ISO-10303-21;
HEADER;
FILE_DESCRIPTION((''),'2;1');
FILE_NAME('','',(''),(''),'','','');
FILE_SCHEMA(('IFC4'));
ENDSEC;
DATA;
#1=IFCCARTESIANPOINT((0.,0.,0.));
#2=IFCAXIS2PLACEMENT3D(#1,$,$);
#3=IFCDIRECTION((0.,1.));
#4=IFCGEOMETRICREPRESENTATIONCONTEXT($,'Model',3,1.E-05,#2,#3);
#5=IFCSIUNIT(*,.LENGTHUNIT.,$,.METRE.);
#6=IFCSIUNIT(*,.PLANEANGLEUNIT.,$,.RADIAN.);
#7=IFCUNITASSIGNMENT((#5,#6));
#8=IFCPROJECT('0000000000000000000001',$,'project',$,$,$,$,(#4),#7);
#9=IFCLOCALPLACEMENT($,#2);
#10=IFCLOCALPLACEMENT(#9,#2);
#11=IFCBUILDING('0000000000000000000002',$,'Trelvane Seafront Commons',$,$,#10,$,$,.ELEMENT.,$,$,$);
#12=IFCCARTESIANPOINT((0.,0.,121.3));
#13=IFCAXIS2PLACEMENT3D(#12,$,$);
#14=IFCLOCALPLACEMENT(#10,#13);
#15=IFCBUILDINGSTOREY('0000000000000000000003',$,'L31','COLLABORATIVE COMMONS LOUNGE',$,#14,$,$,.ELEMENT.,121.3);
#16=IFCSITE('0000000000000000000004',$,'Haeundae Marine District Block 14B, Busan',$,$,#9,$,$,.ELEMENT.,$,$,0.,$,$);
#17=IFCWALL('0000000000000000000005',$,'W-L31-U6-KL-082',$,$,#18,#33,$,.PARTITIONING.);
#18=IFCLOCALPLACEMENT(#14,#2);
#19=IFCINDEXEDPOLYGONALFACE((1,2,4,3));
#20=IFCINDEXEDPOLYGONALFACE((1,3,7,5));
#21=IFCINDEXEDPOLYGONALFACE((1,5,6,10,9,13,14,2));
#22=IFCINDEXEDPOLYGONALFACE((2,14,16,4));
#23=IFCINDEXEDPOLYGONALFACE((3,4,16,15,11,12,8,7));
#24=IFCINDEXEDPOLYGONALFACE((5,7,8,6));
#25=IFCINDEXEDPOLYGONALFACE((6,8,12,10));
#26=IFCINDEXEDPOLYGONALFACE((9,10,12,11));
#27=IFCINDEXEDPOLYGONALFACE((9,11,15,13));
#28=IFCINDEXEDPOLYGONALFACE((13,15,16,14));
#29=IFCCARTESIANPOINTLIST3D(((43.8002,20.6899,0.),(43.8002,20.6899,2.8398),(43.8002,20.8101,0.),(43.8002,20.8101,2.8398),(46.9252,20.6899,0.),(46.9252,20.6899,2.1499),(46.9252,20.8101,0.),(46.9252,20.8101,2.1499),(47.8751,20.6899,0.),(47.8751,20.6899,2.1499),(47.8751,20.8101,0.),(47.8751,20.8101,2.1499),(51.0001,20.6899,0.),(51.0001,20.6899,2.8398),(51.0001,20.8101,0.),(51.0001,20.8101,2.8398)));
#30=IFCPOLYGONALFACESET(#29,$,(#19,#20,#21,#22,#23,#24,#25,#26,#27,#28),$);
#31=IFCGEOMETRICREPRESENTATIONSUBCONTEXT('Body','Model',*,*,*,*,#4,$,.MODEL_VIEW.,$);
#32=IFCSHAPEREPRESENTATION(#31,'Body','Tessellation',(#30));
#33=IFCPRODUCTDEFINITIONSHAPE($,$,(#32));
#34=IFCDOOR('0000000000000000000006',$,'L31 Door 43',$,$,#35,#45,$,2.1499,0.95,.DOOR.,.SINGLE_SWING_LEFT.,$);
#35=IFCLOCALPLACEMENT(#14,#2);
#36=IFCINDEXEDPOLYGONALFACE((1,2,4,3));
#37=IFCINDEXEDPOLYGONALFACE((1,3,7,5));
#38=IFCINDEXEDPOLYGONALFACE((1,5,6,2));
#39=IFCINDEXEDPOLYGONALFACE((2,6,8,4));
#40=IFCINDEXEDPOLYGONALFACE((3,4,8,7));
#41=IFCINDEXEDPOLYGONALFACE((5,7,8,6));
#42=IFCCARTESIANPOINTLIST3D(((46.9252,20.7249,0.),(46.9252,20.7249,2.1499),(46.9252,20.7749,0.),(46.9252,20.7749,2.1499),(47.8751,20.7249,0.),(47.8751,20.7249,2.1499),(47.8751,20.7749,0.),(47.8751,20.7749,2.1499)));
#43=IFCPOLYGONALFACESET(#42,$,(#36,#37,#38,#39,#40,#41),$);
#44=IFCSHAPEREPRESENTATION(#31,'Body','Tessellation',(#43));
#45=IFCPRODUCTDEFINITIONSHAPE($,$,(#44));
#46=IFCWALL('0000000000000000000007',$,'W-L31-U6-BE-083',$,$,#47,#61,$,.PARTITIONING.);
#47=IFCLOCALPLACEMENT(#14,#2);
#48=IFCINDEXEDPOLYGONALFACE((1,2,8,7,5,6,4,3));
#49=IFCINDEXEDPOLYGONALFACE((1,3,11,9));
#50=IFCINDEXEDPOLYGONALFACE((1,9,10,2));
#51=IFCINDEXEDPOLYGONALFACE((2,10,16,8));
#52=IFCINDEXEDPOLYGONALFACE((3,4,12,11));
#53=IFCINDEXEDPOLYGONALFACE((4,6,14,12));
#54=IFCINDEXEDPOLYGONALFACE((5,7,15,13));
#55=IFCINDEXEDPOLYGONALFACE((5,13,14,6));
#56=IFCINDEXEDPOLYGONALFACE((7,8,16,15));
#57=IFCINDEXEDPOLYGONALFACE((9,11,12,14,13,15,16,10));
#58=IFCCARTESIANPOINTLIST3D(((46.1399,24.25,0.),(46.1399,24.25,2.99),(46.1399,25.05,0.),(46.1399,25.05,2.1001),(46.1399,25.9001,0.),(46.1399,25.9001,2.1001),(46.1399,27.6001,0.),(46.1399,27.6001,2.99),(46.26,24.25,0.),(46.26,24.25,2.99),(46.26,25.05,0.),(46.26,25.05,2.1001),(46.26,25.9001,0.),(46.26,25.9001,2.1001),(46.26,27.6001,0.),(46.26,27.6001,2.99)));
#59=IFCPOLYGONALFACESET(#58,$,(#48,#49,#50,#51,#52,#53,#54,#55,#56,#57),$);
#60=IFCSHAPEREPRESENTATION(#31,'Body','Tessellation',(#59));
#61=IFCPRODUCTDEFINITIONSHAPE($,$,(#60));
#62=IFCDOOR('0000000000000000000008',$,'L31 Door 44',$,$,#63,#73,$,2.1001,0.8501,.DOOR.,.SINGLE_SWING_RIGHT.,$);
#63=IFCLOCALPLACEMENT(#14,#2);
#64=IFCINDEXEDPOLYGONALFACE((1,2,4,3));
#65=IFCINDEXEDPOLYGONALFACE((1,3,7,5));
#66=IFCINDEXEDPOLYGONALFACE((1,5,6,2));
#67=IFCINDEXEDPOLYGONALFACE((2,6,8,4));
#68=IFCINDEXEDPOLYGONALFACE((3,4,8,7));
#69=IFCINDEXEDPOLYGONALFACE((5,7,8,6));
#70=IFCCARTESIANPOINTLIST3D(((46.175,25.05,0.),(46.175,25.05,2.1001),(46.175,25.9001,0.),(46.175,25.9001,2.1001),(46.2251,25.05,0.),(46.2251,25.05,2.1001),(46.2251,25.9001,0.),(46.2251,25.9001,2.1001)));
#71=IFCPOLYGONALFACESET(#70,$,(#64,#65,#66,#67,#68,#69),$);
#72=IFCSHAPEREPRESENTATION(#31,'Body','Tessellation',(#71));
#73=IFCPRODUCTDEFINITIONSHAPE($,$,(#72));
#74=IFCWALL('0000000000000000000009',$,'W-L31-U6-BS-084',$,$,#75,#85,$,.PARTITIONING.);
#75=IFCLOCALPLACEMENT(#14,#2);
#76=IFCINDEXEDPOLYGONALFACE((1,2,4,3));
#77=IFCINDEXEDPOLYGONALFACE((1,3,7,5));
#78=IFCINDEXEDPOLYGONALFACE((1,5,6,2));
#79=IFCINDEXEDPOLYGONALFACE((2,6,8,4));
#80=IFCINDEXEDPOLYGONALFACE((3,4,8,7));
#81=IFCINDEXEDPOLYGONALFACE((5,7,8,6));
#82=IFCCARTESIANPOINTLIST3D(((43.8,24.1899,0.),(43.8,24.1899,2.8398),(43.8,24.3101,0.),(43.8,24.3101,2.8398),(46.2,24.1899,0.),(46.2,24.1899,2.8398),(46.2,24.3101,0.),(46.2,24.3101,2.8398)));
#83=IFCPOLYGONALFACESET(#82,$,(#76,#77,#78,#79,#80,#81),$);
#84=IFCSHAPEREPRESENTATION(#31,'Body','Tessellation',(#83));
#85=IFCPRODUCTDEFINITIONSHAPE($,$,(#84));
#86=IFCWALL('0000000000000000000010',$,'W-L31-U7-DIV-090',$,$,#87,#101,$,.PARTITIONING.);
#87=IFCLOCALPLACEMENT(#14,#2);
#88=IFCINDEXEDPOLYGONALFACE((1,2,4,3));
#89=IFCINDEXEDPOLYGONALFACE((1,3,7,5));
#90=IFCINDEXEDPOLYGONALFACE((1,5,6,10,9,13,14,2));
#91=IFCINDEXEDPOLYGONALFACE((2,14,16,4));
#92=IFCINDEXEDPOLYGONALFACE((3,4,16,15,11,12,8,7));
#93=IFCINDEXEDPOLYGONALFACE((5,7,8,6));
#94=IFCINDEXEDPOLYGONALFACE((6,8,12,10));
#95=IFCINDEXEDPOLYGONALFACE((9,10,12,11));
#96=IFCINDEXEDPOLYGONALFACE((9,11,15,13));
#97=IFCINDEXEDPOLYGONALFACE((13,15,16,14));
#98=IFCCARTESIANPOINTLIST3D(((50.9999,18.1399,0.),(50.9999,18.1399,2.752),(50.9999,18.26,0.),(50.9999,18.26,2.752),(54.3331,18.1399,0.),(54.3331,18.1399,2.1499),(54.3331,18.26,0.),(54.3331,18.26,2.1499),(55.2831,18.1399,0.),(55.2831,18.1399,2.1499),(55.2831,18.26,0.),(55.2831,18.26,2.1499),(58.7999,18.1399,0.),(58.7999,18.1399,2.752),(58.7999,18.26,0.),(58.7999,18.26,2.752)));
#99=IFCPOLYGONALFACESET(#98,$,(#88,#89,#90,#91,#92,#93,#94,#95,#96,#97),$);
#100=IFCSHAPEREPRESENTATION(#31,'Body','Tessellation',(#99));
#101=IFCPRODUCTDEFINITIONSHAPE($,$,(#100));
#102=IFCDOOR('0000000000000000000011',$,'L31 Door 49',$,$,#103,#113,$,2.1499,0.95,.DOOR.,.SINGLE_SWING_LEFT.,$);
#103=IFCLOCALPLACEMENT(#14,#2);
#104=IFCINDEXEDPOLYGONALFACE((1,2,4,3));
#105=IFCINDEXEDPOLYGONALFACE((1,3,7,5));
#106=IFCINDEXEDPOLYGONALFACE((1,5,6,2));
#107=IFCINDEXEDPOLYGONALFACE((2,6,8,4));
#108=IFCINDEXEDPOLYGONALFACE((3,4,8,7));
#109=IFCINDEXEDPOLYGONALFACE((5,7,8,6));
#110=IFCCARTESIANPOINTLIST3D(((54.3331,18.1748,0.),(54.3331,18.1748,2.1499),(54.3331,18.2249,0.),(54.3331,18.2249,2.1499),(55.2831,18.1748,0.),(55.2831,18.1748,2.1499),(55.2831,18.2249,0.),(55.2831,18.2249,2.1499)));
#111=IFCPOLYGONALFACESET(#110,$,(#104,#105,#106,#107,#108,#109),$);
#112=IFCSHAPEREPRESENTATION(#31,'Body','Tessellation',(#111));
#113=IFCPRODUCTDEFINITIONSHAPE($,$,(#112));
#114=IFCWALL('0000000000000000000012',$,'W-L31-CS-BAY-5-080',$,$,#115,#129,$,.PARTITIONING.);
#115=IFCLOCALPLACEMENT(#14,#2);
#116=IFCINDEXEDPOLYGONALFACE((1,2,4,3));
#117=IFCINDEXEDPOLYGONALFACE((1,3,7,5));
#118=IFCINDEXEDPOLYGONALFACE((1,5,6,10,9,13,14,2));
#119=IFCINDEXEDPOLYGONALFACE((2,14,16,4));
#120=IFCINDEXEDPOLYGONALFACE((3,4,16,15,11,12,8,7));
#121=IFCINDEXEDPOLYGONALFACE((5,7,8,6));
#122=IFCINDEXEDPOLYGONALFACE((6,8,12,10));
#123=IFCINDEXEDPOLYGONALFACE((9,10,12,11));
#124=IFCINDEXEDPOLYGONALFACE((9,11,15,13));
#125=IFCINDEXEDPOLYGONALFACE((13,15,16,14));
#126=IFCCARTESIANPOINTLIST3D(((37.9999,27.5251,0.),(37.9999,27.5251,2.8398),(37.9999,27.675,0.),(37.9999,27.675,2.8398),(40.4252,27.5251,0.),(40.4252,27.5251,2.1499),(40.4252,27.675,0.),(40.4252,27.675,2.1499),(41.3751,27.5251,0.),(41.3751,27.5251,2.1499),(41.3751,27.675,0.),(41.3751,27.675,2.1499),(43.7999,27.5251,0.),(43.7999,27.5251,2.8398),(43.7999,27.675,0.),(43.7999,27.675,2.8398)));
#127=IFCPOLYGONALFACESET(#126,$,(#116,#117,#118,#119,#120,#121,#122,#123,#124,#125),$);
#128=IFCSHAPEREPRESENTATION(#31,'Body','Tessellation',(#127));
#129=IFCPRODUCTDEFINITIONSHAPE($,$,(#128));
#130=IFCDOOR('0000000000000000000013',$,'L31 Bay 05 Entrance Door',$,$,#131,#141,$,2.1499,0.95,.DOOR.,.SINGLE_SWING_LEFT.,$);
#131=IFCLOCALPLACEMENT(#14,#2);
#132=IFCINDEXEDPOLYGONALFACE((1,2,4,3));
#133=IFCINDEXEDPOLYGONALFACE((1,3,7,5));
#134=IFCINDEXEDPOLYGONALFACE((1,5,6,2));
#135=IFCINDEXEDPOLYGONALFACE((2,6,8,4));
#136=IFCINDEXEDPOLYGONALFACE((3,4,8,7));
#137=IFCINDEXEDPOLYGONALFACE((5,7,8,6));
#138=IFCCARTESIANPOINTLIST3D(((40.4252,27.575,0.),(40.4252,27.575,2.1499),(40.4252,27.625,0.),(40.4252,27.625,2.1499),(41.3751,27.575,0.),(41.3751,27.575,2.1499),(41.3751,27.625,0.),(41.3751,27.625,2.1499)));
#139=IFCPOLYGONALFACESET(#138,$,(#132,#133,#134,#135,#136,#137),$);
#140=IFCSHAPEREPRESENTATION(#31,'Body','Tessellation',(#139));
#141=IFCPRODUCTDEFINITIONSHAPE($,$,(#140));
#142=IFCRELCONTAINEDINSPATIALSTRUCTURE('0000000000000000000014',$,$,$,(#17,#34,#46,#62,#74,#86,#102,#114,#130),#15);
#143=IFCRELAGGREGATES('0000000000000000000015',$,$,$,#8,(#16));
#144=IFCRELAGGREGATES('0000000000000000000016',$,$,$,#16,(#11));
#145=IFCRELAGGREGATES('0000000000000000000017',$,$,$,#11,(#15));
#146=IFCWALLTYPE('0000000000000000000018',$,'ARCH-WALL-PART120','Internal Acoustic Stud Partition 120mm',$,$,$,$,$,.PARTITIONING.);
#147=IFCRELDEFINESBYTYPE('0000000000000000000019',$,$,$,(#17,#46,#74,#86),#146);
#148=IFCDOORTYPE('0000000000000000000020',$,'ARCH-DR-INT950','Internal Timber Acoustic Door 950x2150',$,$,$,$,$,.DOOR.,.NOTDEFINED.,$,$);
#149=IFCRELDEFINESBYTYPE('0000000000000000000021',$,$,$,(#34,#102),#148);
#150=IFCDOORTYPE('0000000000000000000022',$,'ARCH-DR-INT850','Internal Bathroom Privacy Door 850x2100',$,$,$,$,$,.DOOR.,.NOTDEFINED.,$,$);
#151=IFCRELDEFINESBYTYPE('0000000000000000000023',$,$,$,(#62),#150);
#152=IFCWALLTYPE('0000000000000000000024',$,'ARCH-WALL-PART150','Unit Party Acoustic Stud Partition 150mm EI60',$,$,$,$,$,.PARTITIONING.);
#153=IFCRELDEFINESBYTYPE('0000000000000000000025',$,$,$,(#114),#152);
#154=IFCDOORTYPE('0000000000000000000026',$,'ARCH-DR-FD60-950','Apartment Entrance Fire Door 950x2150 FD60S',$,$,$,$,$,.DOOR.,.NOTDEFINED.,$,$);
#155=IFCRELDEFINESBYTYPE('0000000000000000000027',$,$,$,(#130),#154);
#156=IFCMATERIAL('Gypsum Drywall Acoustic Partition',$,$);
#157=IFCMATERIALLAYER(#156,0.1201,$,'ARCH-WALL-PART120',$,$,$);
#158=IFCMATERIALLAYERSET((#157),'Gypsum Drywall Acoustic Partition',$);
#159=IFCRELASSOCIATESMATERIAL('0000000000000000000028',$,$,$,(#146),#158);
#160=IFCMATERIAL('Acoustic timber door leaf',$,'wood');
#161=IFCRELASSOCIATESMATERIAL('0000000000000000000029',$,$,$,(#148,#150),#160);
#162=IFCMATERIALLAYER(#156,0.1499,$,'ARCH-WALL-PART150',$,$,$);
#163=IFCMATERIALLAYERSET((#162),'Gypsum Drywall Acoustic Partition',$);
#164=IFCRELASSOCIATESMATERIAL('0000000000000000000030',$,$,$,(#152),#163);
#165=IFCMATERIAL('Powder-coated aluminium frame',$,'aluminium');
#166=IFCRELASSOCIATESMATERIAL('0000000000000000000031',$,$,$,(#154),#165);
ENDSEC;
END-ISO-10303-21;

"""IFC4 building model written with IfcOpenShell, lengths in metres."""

from ifc_helpers import new_model, si_unit, direction, frame, frame_2d, origin, place, context, subcontext, project, spatial, rectangle, extrude, source, transform, mapped, material, layer, layer_set, type_object, element, fill, save


model = new_model("IFC4")

# Units and contexts
model_context = context("Model", 3, precision=1e-05, world=origin(), true_north=direction((0.0, 1.0)))
body_context = subcontext(model_context, "Body", "Model", "MODEL_VIEW")
ifc_project = project(units=[si_unit("LENGTHUNIT", "METRE"), si_unit("PLANEANGLEUNIT", "RADIAN")], contexts=[model_context])

# Site, building, storey
site_placement = place(None, origin())
site = spatial("IfcSite", under=ifc_project, at=site_placement, Name="Haeundae Marine District Block 14B, Busan", CompositionType="ELEMENT", RefElevation=0.0)
building_placement = place(site_placement, origin())
building = spatial("IfcBuilding", under=site, at=building_placement, Name="Trelvane Seafront Commons", CompositionType="ELEMENT")
storey_placement = place(building_placement, frame((0.0, 0.0, 121.3)))
storey = spatial("IfcBuildingStorey", under=building, at=storey_placement, Name="L31", Description="COLLABORATIVE COMMONS LOUNGE", CompositionType="ELEMENT", Elevation=121.3)

# Walls, openings, doors
ifc_material_1 = material(Name="Gypsum Drywall Acoustic Partition")
ifc_layer_1 = layer(ifc_material_1, 0.1201, Name="ARCH-WALL-PART120")
ifc_layer_set_1 = layer_set([ifc_layer_1], Name="Gypsum Drywall Acoustic Partition")
wall_type_1 = type_object("IfcWallType", Name="ARCH-WALL-PART120", Description="Internal Acoustic Stud Partition 120mm", PredefinedType="PARTITIONING", material=ifc_layer_set_1)
wall_1_placement = place(storey_placement, frame((43.8, 20.75, 0.0), z_axis=(0.0, 0.0, 1.0), x_axis=(1.0, 0.0, 0.0)))
wall_1 = element("IfcWall", 1, at=wall_1_placement, inside=storey, type_object=wall_type_1, Name="W-L31-U6-KL-082", PredefinedType="PARTITIONING", context=body_context, shape_type="SweptSolid", body=[
    extrude(rectangle(XDim=7.2, YDim=0.1201, at=frame_2d((3.6001, 0.0))), origin(), (0.0, 0.0, 1.0), 2.8398),
])
opening_1_placement = place(wall_1_placement, frame((3.125, 0.0, 0.0)))
opening_1 = element("IfcOpeningElement", 2, at=opening_1_placement, cuts=wall_1, PredefinedType="OPENING", context=body_context, shape_type="SweptSolid", body=[
    extrude(rectangle(XDim=0.95, YDim=2.1499, at=frame_2d((0.4751, 1.075))), frame((0.0, 0.0701, 0.0), z_axis=(0.0, -1.0, 0.0), x_axis=(1.0, 0.0, 0.0)), (0.0, 0.0, 1.0), 0.1401),
])
ifc_material_2 = material(Name="Acoustic timber door leaf", Category="wood")
door_type_1 = type_object("IfcDoorType", Name="ARCH-DR-INT950", Description="Internal Timber Acoustic Door 950x2150", OperationType="NOTDEFINED", PredefinedType="DOOR", material=ifc_material_2)
shared_shape_1 = source(origin(), body_context, "Body", "SweptSolid", [
    extrude(rectangle(XDim=0.95, YDim=2.1499, at=frame_2d((0.4751, 1.075))), frame((0.0, 0.0249, 0.0), z_axis=(0.0, -1.0, 0.0), x_axis=(1.0, 0.0, 0.0)), (0.0, 0.0, 1.0), 0.05),
])
door_1_placement = place(opening_1_placement, origin())
door_1 = element("IfcDoor", 3, at=door_1_placement, inside=storey, type_object=door_type_1, Name="L31 Door 43", OperationType="SINGLE_SWING_LEFT", OverallHeight=2.1499, OverallWidth=0.95, PredefinedType="DOOR", context=body_context, shape_type="MappedRepresentation", body=[
    mapped(shared_shape_1, transform((0.0, 0.0, 0.0), x_axis=(1.0, 0.0, 0.0), y_axis=(0.0, 1.0, 0.0), z_axis=(0.0, 0.0, 1.0), scale=1.0)),
])
fill(opening_1, door_1)
wall_2_placement = place(storey_placement, frame((46.2, 24.25, 0.0), z_axis=(0.0, 0.0, 1.0), x_axis=(0.0, 1.0, 0.0)))
wall_2 = element("IfcWall", 4, at=wall_2_placement, inside=storey, type_object=wall_type_1, Name="W-L31-U6-BE-083", PredefinedType="PARTITIONING", context=body_context, shape_type="SweptSolid", body=[
    extrude(rectangle(XDim=3.3501, YDim=0.1201, at=frame_2d((1.675, 0.0))), origin(), (0.0, 0.0, 1.0), 2.99),
])
opening_2_placement = place(wall_2_placement, frame((0.8, 0.0, 0.0)))
opening_2 = element("IfcOpeningElement", 5, at=opening_2_placement, cuts=wall_2, PredefinedType="OPENING", context=body_context, shape_type="SweptSolid", body=[
    extrude(rectangle(XDim=0.8501, YDim=2.1001, at=frame_2d((0.425, 1.05))), frame((0.0, 0.0701, 0.0), z_axis=(0.0, -1.0, 0.0), x_axis=(1.0, 0.0, 0.0)), (0.0, 0.0, 1.0), 0.1401),
])
door_type_2 = type_object("IfcDoorType", Name="ARCH-DR-INT850", Description="Internal Bathroom Privacy Door 850x2100", OperationType="NOTDEFINED", PredefinedType="DOOR", material=ifc_material_2)
shared_shape_2 = source(origin(), body_context, "Body", "SweptSolid", [
    extrude(rectangle(XDim=0.8501, YDim=2.1001, at=frame_2d((0.425, 1.05))), frame((0.0, 0.0249, 0.0), z_axis=(0.0, -1.0, 0.0), x_axis=(1.0, 0.0, 0.0)), (0.0, 0.0, 1.0), 0.05),
])
door_2_placement = place(opening_2_placement, origin())
door_2 = element("IfcDoor", 6, at=door_2_placement, inside=storey, type_object=door_type_2, Name="L31 Door 44", OperationType="SINGLE_SWING_RIGHT", OverallHeight=2.1001, OverallWidth=0.8501, PredefinedType="DOOR", context=body_context, shape_type="MappedRepresentation", body=[
    mapped(shared_shape_2, transform((0.0, 0.0, 0.0), x_axis=(1.0, 0.0, 0.0), y_axis=(0.0, 1.0, 0.0), z_axis=(0.0, 0.0, 1.0), scale=1.0)),
])
fill(opening_2, door_2)

# Wall
wall_3_placement = place(storey_placement, frame((43.8, 24.25, 0.0), z_axis=(0.0, 0.0, 1.0), x_axis=(1.0, 0.0, 0.0)))
element("IfcWall", 7, at=wall_3_placement, inside=storey, type_object=wall_type_1, Name="W-L31-U6-BS-084", PredefinedType="PARTITIONING", context=body_context, shape_type="SweptSolid", body=[
    extrude(rectangle(XDim=2.3999, YDim=0.1201, at=frame_2d((1.2, 0.0))), origin(), (0.0, 0.0, 1.0), 2.8398),
])

# Walls, openings, doors
wall_4_placement = place(storey_placement, frame((51.0, 18.2, 0.0), z_axis=(0.0, 0.0, 1.0), x_axis=(1.0, 0.0, 0.0)))
wall_4 = element("IfcWall", 8, at=wall_4_placement, inside=storey, type_object=wall_type_1, Name="W-L31-U7-DIV-090", PredefinedType="PARTITIONING", context=body_context, shape_type="SweptSolid", body=[
    extrude(rectangle(XDim=7.8, YDim=0.1201, at=frame_2d((3.8999, 0.0))), origin(), (0.0, 0.0, 1.0), 2.752),
])
opening_3_placement = place(wall_4_placement, frame((3.333, 0.0, 0.0)))
opening_3 = element("IfcOpeningElement", 9, at=opening_3_placement, cuts=wall_4, PredefinedType="OPENING", context=body_context, shape_type="SweptSolid", body=[
    extrude(rectangle(XDim=0.95, YDim=2.1499, at=frame_2d((0.4751, 1.075))), frame((0.0, 0.0701, 0.0), z_axis=(0.0, -1.0, 0.0), x_axis=(1.0, 0.0, 0.0)), (0.0, 0.0, 1.0), 0.1401),
])
door_3_placement = place(opening_3_placement, origin())
door_3 = element("IfcDoor", 10, at=door_3_placement, inside=storey, type_object=door_type_1, Name="L31 Door 49", OperationType="SINGLE_SWING_LEFT", OverallHeight=2.1499, OverallWidth=0.95, PredefinedType="DOOR", context=body_context, shape_type="MappedRepresentation", body=[
    mapped(shared_shape_1, transform((0.0, 0.0, 0.0), x_axis=(1.0, 0.0, 0.0), y_axis=(0.0, 1.0, 0.0), z_axis=(0.0, 0.0, 1.0), scale=1.0)),
])
fill(opening_3, door_3)
ifc_layer_2 = layer(ifc_material_1, 0.1499, Name="ARCH-WALL-PART150")
ifc_layer_set_2 = layer_set([ifc_layer_2], Name="Gypsum Drywall Acoustic Partition")
wall_type_2 = type_object("IfcWallType", Name="ARCH-WALL-PART150", Description="Unit Party Acoustic Stud Partition 150mm EI60", PredefinedType="PARTITIONING", material=ifc_layer_set_2)
wall_5_placement = place(storey_placement, frame((38.0, 27.6001, 0.0), z_axis=(0.0, 0.0, 1.0), x_axis=(1.0, 0.0, 0.0)))
wall_5 = element("IfcWall", 11, at=wall_5_placement, inside=storey, type_object=wall_type_2, Name="W-L31-CS-BAY-5-080", PredefinedType="PARTITIONING", context=body_context, shape_type="SweptSolid", body=[
    extrude(rectangle(XDim=5.8, YDim=0.1499, at=frame_2d((2.8999, 0.0))), origin(), (0.0, 0.0, 1.0), 2.8398),
])
opening_4_placement = place(wall_5_placement, frame((2.425, 0.0, 0.0)))
opening_4 = element("IfcOpeningElement", 12, at=opening_4_placement, cuts=wall_5, PredefinedType="OPENING", context=body_context, shape_type="SweptSolid", body=[
    extrude(rectangle(XDim=0.95, YDim=2.1499, at=frame_2d((0.4751, 1.075))), frame((0.0, 0.085, 0.0), z_axis=(0.0, -1.0, 0.0), x_axis=(1.0, 0.0, 0.0)), (0.0, 0.0, 1.0), 0.1699),
])
ifc_material_3 = material(Name="Powder-coated aluminium frame", Category="aluminium")
door_type_3 = type_object("IfcDoorType", Name="ARCH-DR-FD60-950", Description="Apartment Entrance Fire Door 950x2150 FD60S", OperationType="NOTDEFINED", PredefinedType="DOOR", material=ifc_material_3)
door_4_placement = place(opening_4_placement, origin())
door_4 = element("IfcDoor", 13, at=door_4_placement, inside=storey, type_object=door_type_3, Name="L31 Bay 05 Entrance Door", OperationType="SINGLE_SWING_LEFT", OverallHeight=2.1499, OverallWidth=0.95, PredefinedType="DOOR", context=body_context, shape_type="MappedRepresentation", body=[
    mapped(shared_shape_1, transform((0.0, 0.0, 0.0), x_axis=(1.0, 0.0, 0.0), y_axis=(0.0, 1.0, 0.0), z_axis=(0.0, 0.0, 1.0), scale=1.0)),
])
fill(opening_4, door_4)

save(model, "model.ifc")
